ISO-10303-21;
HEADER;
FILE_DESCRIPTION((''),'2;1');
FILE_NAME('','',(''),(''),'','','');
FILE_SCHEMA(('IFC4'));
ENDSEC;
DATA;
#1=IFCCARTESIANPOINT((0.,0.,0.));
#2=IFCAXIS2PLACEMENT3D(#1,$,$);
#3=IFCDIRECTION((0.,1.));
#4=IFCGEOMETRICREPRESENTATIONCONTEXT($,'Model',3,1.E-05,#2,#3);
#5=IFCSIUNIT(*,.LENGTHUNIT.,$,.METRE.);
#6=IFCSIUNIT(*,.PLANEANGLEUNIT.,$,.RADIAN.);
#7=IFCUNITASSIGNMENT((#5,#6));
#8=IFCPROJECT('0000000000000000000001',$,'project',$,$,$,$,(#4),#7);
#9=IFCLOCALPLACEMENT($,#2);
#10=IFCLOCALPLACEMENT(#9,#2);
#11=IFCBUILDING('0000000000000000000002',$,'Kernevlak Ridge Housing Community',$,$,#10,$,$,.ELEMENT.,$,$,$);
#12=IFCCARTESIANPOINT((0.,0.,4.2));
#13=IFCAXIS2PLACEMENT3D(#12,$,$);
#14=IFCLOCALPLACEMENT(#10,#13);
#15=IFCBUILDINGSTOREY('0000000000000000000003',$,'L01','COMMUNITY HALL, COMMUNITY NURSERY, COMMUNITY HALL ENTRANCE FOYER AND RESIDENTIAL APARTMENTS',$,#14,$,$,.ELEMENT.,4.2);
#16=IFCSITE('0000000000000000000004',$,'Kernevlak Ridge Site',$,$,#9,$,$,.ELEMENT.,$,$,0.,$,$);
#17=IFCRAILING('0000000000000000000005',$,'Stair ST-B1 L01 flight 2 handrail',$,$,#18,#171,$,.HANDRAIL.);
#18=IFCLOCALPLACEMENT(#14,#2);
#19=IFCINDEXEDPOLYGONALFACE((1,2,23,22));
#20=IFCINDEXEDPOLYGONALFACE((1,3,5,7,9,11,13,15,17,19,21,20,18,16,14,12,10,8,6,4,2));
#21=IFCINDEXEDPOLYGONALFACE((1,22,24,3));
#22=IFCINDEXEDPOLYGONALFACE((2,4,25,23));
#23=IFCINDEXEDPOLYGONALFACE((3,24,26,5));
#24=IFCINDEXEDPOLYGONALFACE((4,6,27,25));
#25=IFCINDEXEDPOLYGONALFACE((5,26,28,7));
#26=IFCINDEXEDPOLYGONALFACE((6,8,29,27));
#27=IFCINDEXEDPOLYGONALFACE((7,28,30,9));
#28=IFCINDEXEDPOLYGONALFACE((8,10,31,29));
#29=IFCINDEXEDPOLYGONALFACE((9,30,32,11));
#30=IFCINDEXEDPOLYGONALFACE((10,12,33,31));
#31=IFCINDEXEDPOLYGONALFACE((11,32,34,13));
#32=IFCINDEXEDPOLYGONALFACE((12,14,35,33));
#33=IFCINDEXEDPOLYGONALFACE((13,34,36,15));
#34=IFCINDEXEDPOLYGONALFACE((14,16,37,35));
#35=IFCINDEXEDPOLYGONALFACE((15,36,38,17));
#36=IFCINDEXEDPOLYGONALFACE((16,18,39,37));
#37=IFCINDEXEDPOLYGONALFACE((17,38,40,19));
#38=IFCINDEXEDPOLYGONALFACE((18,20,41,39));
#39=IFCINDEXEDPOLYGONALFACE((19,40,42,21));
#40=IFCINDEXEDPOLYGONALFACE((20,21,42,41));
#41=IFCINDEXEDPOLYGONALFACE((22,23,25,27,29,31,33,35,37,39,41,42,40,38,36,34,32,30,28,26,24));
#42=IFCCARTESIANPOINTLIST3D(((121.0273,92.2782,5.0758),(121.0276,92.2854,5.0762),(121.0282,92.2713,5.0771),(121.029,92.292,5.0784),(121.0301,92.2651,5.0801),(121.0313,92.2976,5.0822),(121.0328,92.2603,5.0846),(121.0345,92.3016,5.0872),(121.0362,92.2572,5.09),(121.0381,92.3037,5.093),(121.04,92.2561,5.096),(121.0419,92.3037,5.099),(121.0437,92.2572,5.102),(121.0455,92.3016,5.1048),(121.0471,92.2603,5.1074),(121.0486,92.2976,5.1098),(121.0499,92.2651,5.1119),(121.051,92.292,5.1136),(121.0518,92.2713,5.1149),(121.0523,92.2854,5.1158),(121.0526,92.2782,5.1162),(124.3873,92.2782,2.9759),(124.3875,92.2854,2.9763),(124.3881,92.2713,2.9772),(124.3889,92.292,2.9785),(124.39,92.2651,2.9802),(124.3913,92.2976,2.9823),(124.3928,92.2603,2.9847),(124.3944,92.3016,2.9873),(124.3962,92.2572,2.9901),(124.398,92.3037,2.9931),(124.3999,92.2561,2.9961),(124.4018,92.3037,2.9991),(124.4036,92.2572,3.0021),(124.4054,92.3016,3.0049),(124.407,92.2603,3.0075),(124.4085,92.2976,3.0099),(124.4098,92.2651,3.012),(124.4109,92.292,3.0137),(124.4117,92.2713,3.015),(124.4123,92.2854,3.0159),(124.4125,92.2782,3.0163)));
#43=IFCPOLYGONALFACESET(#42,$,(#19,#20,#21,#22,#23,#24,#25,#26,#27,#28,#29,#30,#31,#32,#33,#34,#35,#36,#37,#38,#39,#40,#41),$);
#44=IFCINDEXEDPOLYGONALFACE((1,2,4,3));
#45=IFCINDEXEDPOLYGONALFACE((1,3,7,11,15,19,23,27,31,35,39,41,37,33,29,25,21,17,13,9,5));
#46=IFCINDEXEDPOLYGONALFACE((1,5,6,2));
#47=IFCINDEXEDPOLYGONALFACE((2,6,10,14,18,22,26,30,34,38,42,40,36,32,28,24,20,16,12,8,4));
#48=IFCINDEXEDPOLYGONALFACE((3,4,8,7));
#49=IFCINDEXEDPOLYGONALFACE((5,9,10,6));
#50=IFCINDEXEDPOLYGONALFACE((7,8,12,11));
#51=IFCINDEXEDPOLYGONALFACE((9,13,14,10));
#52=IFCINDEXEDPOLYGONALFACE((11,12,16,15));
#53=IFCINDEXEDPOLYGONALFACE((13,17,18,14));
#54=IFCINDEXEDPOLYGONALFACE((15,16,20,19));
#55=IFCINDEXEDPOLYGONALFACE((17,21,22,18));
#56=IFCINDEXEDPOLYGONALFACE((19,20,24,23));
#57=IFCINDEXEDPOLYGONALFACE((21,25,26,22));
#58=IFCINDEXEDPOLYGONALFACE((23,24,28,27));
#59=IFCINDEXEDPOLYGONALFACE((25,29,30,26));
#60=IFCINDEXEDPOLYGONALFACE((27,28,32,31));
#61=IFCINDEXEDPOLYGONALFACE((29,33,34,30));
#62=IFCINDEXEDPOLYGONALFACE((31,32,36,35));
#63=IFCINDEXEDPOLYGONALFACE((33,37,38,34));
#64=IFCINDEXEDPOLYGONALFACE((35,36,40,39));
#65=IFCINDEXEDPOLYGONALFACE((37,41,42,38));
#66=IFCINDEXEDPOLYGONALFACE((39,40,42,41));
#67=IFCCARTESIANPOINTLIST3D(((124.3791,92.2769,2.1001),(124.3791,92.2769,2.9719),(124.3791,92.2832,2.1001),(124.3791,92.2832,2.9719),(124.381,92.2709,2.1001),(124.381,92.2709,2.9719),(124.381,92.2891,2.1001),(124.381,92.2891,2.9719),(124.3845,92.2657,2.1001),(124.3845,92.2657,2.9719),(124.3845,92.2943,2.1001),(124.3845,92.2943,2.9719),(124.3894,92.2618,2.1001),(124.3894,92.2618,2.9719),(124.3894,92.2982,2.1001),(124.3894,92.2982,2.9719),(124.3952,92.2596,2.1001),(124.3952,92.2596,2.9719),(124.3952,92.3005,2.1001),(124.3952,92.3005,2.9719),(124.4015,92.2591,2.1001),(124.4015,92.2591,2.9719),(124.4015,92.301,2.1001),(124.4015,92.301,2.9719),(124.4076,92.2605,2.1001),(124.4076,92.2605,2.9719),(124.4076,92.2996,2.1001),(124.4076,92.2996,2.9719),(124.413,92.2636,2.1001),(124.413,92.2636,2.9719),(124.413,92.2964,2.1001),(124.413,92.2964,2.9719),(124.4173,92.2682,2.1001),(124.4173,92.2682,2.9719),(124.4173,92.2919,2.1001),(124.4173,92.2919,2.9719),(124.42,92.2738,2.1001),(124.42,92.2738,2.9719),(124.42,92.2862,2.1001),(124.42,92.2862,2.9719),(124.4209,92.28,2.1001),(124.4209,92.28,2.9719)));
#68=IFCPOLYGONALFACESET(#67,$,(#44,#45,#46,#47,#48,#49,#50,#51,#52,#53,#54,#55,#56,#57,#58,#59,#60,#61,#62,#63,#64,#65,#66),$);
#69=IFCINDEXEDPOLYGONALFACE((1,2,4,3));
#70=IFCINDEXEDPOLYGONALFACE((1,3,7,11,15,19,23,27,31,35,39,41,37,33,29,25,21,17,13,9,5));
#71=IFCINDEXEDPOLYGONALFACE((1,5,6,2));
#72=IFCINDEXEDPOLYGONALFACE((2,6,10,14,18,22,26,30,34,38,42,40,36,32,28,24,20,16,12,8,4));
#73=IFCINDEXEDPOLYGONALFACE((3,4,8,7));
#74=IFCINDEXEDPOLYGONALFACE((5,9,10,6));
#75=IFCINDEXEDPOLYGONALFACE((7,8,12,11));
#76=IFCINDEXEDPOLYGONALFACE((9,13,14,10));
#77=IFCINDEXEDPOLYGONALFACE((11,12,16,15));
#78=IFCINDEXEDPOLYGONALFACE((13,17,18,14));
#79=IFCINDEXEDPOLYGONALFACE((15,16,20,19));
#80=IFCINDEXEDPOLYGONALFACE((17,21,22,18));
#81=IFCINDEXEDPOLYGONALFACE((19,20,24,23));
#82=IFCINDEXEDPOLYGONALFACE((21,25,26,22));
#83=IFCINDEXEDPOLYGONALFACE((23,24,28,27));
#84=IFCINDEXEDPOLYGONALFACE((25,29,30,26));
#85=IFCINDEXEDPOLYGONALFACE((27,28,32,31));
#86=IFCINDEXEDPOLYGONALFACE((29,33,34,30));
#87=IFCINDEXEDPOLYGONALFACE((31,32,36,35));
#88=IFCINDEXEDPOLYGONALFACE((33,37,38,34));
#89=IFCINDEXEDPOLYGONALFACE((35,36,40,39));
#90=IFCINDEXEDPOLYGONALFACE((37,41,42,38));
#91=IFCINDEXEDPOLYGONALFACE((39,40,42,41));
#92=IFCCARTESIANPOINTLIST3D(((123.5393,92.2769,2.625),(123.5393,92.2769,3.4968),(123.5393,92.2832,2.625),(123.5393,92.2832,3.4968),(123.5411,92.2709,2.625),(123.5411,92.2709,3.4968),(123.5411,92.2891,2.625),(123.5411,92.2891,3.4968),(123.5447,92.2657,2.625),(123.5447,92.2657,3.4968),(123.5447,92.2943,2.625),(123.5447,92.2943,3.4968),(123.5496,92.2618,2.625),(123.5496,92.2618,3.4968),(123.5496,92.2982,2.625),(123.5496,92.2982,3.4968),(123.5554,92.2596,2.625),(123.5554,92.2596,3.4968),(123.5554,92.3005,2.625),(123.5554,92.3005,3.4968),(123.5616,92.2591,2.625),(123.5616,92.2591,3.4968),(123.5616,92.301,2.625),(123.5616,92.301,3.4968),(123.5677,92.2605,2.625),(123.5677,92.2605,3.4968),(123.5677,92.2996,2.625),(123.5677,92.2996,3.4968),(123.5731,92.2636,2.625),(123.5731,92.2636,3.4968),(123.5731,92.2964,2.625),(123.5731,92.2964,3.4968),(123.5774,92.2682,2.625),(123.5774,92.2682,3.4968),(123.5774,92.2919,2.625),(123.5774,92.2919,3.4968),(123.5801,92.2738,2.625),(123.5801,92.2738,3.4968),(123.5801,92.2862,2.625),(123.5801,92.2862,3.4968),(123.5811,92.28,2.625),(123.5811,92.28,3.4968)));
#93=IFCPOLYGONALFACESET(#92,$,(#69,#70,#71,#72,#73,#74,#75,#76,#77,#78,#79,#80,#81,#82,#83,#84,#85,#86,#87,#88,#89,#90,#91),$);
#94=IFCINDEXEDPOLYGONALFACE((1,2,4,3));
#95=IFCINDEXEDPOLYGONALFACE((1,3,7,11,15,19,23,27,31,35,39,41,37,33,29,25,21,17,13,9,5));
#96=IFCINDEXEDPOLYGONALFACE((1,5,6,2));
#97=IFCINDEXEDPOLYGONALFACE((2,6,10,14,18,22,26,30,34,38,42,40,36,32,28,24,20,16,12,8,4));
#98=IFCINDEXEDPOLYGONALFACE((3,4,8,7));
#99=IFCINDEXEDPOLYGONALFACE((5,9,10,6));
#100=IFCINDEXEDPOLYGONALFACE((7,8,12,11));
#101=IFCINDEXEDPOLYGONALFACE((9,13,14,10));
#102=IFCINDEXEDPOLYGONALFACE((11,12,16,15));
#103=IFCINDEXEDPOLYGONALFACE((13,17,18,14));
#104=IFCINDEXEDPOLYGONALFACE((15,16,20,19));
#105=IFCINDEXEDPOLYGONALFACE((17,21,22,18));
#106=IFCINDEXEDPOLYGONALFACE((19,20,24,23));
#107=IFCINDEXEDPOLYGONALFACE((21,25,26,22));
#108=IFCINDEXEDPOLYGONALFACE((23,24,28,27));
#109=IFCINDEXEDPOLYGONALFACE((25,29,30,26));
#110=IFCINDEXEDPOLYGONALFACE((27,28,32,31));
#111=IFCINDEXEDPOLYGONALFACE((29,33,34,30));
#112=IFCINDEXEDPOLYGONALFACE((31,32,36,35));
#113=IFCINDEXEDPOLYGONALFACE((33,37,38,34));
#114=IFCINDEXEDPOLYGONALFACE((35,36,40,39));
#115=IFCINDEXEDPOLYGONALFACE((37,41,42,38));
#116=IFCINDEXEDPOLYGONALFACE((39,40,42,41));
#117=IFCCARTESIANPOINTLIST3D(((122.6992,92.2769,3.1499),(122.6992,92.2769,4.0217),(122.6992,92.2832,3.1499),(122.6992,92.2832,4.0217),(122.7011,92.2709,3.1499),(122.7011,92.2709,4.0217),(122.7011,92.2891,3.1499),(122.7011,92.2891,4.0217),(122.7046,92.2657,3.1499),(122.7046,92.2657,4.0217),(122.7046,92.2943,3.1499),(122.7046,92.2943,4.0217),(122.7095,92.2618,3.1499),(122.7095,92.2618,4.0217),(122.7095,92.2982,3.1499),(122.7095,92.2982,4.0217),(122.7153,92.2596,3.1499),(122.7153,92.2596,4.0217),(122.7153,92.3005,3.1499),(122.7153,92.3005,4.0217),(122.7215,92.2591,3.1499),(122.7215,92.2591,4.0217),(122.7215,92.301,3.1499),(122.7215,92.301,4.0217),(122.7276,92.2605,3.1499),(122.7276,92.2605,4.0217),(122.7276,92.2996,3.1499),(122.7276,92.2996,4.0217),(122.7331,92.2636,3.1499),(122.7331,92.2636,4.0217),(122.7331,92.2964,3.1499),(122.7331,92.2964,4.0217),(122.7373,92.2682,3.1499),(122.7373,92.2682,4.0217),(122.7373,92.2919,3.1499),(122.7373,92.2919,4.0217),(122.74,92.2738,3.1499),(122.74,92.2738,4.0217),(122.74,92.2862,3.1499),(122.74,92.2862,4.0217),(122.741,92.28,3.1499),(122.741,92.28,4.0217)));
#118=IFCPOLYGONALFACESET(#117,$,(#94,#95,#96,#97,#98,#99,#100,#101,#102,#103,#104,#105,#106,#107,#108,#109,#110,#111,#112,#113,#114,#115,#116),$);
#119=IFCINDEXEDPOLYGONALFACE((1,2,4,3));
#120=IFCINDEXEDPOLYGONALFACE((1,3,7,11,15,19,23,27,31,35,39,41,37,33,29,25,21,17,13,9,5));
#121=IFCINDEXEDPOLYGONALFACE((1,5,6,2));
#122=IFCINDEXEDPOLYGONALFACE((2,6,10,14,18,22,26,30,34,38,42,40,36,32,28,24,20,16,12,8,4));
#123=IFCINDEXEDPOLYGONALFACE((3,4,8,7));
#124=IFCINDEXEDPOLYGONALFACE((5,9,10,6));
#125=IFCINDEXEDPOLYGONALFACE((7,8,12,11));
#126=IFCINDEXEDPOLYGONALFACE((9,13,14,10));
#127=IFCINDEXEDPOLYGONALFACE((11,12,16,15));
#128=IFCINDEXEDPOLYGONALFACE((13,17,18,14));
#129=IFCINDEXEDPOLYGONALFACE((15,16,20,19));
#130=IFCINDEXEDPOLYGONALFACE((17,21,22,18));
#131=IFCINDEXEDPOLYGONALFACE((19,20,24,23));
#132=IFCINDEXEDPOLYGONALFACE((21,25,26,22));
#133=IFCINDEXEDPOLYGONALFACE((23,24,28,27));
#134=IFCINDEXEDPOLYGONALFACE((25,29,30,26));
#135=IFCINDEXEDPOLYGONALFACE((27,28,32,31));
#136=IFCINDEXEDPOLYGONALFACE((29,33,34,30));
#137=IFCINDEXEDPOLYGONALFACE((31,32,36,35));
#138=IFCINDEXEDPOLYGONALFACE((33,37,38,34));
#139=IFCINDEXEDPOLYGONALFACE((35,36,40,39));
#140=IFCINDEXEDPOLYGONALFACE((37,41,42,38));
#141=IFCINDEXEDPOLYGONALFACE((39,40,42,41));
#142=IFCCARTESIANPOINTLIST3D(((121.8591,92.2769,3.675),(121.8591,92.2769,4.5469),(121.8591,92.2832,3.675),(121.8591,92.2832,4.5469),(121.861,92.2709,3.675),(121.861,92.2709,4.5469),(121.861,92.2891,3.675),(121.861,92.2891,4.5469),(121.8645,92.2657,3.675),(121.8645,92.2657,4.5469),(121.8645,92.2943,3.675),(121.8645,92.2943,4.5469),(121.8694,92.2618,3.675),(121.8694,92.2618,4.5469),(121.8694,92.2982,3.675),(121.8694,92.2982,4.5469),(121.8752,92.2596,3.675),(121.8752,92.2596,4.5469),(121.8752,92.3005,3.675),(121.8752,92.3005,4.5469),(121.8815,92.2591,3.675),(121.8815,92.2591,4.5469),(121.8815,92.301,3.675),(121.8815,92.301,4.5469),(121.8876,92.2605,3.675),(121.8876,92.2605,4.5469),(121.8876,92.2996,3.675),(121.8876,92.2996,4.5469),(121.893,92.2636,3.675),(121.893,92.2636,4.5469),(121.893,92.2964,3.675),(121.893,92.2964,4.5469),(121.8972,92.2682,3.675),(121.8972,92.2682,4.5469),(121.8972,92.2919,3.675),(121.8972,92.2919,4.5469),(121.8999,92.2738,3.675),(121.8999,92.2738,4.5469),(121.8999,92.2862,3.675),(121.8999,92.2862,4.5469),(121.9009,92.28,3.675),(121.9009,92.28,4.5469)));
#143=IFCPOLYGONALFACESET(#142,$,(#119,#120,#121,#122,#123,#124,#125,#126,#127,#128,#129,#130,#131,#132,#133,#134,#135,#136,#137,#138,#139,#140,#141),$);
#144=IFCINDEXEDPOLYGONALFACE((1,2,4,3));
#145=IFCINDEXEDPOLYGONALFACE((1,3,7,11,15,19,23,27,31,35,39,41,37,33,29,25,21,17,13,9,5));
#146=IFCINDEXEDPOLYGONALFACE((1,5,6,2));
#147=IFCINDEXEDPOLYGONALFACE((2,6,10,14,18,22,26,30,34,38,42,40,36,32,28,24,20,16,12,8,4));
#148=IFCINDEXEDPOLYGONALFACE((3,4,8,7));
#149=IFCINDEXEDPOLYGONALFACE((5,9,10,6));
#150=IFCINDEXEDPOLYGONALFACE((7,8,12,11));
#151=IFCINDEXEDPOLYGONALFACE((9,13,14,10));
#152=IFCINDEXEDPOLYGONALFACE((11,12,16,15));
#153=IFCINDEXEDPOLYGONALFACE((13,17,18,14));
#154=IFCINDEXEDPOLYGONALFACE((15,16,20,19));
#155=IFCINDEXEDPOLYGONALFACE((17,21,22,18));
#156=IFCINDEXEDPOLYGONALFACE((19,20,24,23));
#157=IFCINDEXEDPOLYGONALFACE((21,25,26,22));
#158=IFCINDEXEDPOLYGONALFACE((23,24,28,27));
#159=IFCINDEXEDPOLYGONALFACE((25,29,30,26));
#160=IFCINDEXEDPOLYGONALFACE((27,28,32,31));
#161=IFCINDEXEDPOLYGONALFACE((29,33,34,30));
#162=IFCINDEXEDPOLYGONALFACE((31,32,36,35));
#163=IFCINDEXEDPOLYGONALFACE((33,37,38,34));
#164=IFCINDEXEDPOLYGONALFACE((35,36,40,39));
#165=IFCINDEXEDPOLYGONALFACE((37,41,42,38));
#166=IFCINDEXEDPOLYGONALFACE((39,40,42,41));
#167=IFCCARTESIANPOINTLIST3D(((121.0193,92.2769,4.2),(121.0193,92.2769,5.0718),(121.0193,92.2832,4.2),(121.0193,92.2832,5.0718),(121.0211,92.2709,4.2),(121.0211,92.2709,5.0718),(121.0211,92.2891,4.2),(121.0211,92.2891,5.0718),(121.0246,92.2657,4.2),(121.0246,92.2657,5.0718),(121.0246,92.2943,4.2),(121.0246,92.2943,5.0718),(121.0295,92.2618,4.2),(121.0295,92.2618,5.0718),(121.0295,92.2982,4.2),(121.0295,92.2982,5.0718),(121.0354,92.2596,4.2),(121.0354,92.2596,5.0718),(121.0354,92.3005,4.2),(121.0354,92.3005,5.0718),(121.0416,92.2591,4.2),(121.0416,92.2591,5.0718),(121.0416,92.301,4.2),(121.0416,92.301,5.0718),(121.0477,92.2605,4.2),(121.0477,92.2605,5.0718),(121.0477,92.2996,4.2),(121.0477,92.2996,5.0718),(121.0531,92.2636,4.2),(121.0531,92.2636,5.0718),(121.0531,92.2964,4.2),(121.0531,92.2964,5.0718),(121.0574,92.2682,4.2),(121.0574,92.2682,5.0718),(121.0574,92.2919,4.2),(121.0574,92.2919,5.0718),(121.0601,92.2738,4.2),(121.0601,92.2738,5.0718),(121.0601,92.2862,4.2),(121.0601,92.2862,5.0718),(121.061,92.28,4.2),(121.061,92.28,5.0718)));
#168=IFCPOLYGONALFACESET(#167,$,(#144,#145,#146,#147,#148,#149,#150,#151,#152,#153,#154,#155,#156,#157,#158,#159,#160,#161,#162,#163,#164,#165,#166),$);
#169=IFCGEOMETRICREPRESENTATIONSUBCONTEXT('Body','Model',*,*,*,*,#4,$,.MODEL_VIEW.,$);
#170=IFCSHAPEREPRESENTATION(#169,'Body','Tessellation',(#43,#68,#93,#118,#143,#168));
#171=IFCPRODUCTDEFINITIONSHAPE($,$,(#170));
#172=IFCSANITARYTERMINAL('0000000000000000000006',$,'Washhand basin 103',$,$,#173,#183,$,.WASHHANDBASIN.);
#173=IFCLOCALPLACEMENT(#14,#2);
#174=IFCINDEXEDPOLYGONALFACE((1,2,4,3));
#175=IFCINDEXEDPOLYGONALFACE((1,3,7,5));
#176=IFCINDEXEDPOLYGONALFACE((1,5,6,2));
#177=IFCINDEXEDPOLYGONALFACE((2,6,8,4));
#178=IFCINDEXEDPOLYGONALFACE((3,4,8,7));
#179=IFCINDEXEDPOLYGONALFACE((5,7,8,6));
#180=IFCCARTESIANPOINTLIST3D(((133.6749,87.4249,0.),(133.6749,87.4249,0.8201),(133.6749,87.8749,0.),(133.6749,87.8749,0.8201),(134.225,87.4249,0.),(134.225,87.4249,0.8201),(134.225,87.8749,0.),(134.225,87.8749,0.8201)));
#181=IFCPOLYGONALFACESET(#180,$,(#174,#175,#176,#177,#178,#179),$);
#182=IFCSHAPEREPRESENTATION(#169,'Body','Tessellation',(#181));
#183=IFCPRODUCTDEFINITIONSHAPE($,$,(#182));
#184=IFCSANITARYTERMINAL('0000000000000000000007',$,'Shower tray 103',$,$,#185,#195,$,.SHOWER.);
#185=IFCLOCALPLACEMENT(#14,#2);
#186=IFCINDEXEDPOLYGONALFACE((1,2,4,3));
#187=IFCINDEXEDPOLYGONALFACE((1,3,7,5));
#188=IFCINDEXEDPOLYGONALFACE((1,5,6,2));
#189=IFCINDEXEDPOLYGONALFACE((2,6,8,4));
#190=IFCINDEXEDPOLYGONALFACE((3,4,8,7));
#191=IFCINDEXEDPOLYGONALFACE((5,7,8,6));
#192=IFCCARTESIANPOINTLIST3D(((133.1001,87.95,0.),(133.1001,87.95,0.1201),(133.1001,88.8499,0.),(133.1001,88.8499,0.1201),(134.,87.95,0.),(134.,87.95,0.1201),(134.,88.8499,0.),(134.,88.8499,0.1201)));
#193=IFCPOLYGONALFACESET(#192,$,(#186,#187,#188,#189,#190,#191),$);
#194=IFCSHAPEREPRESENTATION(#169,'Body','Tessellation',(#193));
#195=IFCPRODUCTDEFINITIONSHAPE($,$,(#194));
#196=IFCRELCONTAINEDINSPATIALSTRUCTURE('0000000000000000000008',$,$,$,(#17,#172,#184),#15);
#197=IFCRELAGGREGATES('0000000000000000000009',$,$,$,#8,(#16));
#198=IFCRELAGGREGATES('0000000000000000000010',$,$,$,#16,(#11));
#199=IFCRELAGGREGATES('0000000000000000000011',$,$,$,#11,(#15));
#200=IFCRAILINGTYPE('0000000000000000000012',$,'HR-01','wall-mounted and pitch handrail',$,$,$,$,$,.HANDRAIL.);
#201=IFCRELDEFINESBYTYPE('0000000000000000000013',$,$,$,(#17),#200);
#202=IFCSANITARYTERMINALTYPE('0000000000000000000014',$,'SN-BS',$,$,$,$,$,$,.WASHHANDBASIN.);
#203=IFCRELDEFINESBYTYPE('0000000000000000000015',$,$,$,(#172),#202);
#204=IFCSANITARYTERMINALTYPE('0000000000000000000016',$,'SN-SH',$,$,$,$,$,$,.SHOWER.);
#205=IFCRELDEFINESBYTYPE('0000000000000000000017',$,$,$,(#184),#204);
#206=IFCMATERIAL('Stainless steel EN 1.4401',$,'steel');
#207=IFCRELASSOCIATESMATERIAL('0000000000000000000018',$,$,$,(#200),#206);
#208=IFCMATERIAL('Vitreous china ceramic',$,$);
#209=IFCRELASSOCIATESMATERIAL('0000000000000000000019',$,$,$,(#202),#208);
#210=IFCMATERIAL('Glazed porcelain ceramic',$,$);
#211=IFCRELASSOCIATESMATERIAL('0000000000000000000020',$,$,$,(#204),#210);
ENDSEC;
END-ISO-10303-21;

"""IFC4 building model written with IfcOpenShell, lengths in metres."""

from ifc_helpers import new_model, si_unit, direction, frame, origin, origin_2d, place, context, subcontext, project, spatial, rectangle, circle, extrude, material, type_object, element, save


model = new_model("IFC4")

# Units and contexts
model_context = context("Model", 3, precision=1e-05, world=origin(), true_north=direction((0.0, 1.0)))
body_context = subcontext(model_context, "Body", "Model", "MODEL_VIEW")
ifc_project = project(units=[si_unit("LENGTHUNIT", "METRE"), si_unit("PLANEANGLEUNIT", "RADIAN")], contexts=[model_context])

# Site, building, storey
site_placement = place(None, origin())
site = spatial("IfcSite", under=ifc_project, at=site_placement, Name="Kernevlak Ridge Site", CompositionType="ELEMENT", RefElevation=0.0)
building_placement = place(site_placement, origin())
building = spatial("IfcBuilding", under=site, at=building_placement, Name="Kernevlak Ridge Housing Community", CompositionType="ELEMENT")
storey_placement = place(building_placement, frame((0.0, 0.0, 4.2)))
storey = spatial("IfcBuildingStorey", under=building, at=storey_placement, Name="L01", Description="COMMUNITY HALL, COMMUNITY NURSERY, COMMUNITY HALL ENTRANCE FOYER AND RESIDENTIAL APARTMENTS", CompositionType="ELEMENT", Elevation=4.2)

# Shared definitions
ifc_material_1 = material(Name="Stainless steel EN 1.4401", Category="steel")

# Railing
railing_type_1 = type_object("IfcRailingType", Name="HR-01", Description="wall-mounted and pitch handrail", PredefinedType="HANDRAIL", material=ifc_material_1)
railing_1_placement = place(storey_placement, frame((124.3999, 92.28, 2.1001)))
element("IfcRailing", 1, at=railing_1_placement, inside=storey, type_object=railing_type_1, Name="Stair ST-B1 L01 flight 2 handrail", PredefinedType="HANDRAIL", context=body_context, shape_type="SweptSolid", body=[
    extrude(circle(Radius=0.0239, at=origin_2d()), frame((0.0, 0.0, 0.896), z_axis=(-0.848005, 0.0, 0.529988), x_axis=(0.0, -1.0, 0.0)), (0.0, 0.0, 1.0), 3.9622),
    extrude(circle(Radius=0.021, at=origin_2d()), origin(), (0.0, 0.0, 1.0), 0.8718),
    extrude(circle(Radius=0.021, at=origin_2d()), frame((-0.8398, 0.0, 0.5249)), (0.0, 0.0, 1.0), 0.8718),
    extrude(circle(Radius=0.021, at=origin_2d()), frame((-1.6799, 0.0, 1.0498)), (0.0, 0.0, 1.0), 0.8718),
    extrude(circle(Radius=0.021, at=origin_2d()), frame((-2.52, 0.0, 1.575)), (0.0, 0.0, 1.0), 0.8718),
    extrude(circle(Radius=0.021, at=origin_2d()), frame((-3.3599, 0.0, 2.0999)), (0.0, 0.0, 1.0), 0.8718),
])

# Sanitary terminals
ifc_material_2 = material(Name="Vitreous china ceramic")
sanitary_terminal_type_1 = type_object("IfcSanitaryTerminalType", Name="SN-BS", PredefinedType="WASHHANDBASIN", material=ifc_material_2)
sanitary_terminal_1_placement = place(storey_placement, frame((133.95, 87.6499, 0.0), z_axis=(0.0, 0.0, 1.0), x_axis=(1.0, 0.0, 0.0)))
element("IfcSanitaryTerminal", 2, at=sanitary_terminal_1_placement, inside=storey, type_object=sanitary_terminal_type_1, Name="Washhand basin 103", PredefinedType="WASHHANDBASIN", context=body_context, shape_type="SweptSolid", body=[
    extrude(rectangle(XDim=0.55, YDim=0.45, at=origin_2d()), origin(), (0.0, 0.0, 1.0), 0.8201),
])
ifc_material_3 = material(Name="Glazed porcelain ceramic")
sanitary_terminal_type_2 = type_object("IfcSanitaryTerminalType", Name="SN-SH", PredefinedType="SHOWER", material=ifc_material_3)
sanitary_terminal_2_placement = place(storey_placement, frame((133.55, 88.3999, 0.0), z_axis=(0.0, 0.0, 1.0), x_axis=(1.0, 0.0, 0.0)))
element("IfcSanitaryTerminal", 3, at=sanitary_terminal_2_placement, inside=storey, type_object=sanitary_terminal_type_2, Name="Shower tray 103", PredefinedType="SHOWER", context=body_context, shape_type="SweptSolid", body=[
    extrude(rectangle(XDim=0.8999, YDim=0.8999, at=origin_2d()), origin(), (0.0, 0.0, 1.0), 0.1201),
])

save(model, "model.ifc")
